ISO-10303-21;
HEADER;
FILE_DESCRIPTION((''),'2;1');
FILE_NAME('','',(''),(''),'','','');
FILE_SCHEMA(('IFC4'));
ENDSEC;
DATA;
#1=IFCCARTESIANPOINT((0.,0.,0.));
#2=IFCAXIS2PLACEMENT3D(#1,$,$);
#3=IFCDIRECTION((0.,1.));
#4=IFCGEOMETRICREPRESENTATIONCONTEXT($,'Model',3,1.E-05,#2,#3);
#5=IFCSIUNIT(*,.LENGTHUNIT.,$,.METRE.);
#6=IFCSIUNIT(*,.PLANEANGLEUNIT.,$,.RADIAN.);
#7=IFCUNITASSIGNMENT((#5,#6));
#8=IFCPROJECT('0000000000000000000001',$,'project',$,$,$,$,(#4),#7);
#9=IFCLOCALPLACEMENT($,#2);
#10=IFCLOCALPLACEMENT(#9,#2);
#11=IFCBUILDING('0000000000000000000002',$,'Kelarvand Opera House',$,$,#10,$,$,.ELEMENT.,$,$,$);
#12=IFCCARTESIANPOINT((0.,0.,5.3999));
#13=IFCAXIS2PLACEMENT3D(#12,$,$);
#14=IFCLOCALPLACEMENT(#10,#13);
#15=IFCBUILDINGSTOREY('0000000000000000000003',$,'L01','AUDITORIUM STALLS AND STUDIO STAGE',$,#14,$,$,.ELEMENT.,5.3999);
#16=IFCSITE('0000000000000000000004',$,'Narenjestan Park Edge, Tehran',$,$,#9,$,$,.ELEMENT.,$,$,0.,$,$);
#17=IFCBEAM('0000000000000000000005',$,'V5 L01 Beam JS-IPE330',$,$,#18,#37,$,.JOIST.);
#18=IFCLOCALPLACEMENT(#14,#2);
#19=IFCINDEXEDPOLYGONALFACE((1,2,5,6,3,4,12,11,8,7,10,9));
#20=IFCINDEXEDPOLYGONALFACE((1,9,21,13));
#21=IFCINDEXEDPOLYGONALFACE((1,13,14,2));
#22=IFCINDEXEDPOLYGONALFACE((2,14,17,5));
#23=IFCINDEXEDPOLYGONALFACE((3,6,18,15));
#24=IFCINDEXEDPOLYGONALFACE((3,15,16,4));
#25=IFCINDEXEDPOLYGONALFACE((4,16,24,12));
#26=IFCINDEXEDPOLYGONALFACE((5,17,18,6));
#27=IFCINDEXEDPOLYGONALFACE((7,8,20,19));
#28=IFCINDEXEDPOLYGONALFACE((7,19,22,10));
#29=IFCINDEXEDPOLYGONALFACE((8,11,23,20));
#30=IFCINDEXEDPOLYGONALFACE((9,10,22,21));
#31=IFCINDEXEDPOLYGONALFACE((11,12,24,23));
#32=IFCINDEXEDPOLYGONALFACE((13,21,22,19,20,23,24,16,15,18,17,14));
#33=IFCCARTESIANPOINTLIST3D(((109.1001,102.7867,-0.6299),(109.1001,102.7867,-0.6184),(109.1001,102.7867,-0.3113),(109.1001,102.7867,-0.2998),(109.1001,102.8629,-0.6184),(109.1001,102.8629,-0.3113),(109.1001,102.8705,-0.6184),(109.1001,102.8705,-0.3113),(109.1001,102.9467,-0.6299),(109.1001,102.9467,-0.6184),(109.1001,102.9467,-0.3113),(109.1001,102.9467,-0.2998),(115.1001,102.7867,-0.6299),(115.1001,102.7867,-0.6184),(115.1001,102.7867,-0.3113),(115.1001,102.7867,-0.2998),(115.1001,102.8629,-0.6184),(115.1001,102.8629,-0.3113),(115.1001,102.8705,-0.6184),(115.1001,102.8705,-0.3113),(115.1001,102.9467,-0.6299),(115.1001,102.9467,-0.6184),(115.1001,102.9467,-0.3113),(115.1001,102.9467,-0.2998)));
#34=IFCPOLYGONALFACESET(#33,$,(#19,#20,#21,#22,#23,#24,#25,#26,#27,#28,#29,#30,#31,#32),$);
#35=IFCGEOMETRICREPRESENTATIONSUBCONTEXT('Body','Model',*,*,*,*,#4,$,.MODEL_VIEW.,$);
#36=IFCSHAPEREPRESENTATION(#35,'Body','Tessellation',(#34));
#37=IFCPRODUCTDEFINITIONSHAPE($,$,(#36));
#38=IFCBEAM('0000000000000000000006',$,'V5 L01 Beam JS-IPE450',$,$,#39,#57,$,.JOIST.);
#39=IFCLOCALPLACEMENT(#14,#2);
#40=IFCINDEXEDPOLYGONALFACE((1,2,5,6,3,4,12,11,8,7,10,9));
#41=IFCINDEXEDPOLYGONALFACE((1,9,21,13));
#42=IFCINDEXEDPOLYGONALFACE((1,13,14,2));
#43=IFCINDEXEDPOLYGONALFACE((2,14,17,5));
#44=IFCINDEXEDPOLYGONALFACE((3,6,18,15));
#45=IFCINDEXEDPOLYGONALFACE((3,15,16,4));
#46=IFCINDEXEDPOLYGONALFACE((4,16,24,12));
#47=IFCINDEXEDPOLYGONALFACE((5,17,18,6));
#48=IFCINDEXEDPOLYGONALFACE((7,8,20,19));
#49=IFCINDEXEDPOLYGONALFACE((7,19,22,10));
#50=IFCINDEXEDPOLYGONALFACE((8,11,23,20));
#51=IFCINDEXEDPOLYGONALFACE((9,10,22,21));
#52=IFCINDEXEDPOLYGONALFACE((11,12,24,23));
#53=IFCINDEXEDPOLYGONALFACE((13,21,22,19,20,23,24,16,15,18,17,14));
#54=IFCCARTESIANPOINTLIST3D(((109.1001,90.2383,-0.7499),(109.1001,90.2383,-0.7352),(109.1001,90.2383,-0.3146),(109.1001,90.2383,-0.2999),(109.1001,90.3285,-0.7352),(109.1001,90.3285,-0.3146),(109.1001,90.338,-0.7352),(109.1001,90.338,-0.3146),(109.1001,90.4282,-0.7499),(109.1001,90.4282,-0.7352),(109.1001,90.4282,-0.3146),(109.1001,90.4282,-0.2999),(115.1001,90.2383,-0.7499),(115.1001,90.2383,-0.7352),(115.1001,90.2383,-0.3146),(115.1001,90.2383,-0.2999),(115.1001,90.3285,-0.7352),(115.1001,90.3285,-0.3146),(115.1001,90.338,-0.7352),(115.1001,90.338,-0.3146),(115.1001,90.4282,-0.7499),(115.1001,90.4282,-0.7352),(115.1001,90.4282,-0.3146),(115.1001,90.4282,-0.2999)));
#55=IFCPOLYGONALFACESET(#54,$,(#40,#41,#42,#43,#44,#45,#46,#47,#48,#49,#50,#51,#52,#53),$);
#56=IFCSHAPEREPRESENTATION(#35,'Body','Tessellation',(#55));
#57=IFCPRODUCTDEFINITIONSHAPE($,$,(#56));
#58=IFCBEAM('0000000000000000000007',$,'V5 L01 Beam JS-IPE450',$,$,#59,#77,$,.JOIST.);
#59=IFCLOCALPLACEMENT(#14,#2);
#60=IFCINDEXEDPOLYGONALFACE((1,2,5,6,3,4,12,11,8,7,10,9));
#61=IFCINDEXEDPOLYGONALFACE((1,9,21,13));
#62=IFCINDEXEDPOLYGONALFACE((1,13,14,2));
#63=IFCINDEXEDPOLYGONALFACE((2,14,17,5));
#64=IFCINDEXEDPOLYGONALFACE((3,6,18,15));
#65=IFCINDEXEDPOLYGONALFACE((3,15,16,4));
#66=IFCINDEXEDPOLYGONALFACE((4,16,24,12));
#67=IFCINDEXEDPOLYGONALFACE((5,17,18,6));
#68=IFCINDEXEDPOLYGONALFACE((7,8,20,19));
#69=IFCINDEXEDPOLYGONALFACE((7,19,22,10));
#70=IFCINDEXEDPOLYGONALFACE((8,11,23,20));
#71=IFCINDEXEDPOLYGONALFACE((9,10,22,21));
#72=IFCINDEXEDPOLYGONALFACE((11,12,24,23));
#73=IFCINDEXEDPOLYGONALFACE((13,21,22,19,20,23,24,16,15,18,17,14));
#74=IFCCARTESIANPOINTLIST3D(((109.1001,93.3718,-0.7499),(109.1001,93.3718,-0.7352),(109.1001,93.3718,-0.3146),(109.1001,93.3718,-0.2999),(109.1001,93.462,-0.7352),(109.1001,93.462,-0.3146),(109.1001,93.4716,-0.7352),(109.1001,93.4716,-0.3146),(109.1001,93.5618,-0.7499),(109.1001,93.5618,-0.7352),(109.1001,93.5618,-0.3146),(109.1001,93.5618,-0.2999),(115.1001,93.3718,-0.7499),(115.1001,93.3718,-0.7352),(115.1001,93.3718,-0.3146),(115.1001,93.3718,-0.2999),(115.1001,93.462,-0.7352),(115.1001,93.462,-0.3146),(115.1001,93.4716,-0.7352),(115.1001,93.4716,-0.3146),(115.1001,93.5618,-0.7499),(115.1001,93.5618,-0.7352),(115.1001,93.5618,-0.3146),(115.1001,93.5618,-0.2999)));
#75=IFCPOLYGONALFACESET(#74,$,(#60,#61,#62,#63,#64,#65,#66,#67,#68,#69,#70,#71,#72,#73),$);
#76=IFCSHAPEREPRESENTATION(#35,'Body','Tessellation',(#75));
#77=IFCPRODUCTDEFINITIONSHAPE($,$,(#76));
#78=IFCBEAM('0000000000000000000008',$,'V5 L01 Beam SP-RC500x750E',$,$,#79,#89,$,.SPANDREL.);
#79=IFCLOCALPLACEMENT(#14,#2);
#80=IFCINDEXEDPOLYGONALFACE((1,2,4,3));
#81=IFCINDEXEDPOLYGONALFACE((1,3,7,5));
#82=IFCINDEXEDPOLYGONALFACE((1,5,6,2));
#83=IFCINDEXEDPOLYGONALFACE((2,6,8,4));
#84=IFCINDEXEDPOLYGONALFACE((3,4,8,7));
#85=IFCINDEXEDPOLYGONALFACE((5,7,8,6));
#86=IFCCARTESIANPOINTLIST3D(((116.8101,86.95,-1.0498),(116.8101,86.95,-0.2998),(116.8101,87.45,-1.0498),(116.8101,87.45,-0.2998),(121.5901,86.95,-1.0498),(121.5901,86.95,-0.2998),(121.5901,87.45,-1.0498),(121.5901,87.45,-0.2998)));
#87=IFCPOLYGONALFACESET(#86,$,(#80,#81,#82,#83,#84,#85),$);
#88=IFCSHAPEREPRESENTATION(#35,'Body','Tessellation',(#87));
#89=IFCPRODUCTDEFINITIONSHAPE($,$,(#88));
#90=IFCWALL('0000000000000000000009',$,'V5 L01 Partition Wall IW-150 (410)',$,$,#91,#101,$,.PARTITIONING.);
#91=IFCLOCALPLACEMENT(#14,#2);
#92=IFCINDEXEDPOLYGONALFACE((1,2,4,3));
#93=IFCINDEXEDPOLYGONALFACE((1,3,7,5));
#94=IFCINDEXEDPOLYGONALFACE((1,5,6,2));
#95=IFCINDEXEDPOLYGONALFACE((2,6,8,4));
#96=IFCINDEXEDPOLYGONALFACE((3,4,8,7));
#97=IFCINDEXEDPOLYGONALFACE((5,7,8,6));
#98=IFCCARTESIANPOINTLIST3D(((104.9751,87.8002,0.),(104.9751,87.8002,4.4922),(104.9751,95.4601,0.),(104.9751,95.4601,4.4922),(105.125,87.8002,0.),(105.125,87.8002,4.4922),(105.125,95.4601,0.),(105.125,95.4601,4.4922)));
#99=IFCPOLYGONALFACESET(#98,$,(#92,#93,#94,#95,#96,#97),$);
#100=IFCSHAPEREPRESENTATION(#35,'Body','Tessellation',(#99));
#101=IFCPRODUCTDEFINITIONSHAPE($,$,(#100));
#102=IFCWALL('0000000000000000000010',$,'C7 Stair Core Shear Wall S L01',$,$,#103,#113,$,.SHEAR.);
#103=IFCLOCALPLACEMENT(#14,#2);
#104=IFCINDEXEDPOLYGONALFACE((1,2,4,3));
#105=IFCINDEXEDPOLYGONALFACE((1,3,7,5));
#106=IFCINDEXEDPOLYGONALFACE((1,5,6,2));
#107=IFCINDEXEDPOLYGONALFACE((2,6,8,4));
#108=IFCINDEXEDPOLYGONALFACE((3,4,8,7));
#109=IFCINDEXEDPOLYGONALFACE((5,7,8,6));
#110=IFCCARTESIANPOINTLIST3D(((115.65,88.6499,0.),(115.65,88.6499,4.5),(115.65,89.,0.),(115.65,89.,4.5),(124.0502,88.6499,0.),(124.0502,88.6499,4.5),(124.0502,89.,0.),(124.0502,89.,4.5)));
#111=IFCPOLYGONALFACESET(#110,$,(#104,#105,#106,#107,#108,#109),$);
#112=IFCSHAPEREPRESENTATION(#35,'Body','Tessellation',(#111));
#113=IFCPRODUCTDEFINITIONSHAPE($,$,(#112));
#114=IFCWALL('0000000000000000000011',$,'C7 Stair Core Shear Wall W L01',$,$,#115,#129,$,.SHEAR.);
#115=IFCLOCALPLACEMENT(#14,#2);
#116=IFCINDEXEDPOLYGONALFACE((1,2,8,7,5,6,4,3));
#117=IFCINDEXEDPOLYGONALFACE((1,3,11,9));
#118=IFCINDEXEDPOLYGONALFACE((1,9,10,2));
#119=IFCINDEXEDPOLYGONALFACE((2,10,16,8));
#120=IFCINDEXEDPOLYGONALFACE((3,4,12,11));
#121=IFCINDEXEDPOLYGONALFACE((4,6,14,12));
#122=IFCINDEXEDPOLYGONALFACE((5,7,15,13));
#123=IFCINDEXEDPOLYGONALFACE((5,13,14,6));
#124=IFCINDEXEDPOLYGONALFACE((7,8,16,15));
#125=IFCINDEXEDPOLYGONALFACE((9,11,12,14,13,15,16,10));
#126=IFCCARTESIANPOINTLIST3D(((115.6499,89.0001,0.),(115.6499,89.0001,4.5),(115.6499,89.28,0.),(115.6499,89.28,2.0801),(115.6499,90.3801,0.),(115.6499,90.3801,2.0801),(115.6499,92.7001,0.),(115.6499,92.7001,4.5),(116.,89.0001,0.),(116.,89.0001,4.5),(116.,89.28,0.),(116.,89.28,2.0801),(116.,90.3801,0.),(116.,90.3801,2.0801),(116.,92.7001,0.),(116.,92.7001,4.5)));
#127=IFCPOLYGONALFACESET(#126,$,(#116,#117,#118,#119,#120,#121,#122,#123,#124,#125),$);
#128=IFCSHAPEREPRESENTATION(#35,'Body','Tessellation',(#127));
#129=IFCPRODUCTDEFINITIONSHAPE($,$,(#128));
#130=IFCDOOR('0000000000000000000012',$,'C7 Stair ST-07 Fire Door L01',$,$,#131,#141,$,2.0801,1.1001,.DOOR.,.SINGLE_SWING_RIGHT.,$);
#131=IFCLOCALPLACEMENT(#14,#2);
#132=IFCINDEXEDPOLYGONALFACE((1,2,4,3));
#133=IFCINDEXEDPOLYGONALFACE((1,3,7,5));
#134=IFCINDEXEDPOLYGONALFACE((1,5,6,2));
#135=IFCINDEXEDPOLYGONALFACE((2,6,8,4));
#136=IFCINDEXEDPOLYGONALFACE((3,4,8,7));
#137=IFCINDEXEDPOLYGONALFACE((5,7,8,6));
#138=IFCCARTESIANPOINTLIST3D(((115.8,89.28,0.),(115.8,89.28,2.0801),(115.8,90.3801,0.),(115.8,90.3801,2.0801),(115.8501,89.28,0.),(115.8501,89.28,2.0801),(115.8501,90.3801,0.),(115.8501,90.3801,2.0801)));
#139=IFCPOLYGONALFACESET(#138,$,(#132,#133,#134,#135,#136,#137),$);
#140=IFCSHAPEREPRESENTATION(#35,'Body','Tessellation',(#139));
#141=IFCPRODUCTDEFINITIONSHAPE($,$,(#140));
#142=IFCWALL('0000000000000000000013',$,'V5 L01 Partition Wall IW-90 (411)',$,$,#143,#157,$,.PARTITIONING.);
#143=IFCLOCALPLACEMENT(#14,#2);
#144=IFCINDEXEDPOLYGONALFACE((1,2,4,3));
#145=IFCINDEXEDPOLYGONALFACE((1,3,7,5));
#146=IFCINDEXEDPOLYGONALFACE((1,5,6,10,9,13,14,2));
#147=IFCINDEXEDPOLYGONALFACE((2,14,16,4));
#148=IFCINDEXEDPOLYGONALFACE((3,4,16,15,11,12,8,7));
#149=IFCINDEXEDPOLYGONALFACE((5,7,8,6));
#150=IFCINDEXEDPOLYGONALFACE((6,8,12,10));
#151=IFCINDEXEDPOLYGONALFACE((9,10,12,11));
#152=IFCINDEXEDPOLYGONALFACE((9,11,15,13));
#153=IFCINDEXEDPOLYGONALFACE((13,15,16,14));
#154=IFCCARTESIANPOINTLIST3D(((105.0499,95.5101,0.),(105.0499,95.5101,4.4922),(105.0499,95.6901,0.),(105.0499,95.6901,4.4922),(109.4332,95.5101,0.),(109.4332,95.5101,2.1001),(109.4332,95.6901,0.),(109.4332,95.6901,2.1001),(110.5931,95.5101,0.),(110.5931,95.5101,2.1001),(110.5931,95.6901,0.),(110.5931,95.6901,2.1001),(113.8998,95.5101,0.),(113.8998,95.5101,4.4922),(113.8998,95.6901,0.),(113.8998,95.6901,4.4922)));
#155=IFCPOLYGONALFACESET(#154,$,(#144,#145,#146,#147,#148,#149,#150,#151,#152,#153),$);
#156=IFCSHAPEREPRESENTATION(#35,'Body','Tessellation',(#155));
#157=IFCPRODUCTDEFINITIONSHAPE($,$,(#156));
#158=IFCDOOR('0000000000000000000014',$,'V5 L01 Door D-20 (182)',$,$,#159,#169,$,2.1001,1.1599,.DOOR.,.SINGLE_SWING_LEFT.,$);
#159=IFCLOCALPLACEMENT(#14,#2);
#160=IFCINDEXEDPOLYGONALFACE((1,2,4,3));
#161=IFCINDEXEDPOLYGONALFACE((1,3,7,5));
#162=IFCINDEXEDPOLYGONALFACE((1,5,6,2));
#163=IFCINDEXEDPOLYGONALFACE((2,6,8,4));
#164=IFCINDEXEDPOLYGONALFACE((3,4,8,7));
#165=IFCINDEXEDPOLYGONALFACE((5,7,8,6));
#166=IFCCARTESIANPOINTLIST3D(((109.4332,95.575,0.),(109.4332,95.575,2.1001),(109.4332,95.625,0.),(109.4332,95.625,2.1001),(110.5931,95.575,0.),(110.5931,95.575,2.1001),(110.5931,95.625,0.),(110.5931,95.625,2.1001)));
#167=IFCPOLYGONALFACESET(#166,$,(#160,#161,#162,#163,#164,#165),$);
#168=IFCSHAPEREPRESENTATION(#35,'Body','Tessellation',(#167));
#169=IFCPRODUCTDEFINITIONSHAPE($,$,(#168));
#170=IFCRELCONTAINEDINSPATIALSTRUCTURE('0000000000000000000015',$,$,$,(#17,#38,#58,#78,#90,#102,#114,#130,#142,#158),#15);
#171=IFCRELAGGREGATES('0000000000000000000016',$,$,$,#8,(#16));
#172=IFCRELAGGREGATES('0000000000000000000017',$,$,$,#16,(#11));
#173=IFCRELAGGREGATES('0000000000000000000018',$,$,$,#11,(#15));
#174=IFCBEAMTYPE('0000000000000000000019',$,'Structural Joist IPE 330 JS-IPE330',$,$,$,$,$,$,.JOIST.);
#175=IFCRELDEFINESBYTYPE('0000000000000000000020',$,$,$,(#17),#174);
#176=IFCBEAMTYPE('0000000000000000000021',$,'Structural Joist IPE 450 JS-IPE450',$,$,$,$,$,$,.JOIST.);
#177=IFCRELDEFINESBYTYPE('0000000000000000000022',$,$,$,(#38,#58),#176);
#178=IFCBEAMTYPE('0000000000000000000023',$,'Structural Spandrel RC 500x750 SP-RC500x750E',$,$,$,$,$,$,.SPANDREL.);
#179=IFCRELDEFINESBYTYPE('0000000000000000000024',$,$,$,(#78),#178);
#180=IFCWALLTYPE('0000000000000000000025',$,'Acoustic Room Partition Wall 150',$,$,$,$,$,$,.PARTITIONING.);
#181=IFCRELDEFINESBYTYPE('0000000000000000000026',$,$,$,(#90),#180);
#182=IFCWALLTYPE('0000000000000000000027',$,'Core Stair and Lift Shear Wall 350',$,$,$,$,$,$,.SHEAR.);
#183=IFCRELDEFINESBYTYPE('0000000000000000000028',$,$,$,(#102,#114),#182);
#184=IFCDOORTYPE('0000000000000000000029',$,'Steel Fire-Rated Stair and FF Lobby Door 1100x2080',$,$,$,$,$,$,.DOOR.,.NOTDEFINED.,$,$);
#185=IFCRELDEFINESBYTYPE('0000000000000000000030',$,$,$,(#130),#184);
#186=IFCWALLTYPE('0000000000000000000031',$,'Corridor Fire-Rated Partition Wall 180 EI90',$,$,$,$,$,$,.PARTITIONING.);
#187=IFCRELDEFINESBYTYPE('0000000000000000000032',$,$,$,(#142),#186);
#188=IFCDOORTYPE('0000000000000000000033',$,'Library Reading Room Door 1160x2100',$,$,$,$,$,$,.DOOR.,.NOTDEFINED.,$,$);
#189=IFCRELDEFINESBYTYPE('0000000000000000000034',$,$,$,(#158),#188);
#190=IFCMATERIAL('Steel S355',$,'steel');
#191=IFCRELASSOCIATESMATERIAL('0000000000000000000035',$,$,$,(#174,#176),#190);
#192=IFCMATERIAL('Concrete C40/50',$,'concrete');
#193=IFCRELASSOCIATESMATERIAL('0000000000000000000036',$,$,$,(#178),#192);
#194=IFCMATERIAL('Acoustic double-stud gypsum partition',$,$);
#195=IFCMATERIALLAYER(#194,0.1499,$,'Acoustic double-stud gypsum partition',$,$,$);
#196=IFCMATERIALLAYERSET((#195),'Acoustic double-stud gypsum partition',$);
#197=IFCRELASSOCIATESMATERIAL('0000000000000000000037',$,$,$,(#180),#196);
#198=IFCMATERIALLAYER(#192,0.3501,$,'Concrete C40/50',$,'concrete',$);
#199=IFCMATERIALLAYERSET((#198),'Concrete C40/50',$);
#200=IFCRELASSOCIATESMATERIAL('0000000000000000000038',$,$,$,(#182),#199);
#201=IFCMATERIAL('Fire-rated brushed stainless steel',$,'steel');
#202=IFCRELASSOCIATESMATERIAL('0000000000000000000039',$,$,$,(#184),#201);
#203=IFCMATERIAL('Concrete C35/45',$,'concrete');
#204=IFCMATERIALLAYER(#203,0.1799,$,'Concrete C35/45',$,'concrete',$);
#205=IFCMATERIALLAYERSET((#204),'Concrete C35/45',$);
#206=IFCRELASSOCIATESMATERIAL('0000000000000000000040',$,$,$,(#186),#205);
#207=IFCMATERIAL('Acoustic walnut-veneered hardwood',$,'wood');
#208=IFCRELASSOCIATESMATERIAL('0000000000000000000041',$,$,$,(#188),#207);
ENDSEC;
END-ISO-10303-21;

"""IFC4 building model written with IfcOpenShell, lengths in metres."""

from ifc_helpers import new_model, si_unit, direction, frame, frame_2d, origin, origin_2d, place, context, subcontext, project, spatial, rectangle, i_section, extrude, material, layer, layer_set, material_profile, profile_set, type_object, element, fill, save


model = new_model("IFC4")

# Units and contexts
model_context = context("Model", 3, precision=1e-05, world=origin(), true_north=direction((0.0, 1.0)))
body_context = subcontext(model_context, "Body", "Model", "MODEL_VIEW")
ifc_project = project(units=[si_unit("LENGTHUNIT", "METRE"), si_unit("PLANEANGLEUNIT", "RADIAN")], contexts=[model_context])

# Site, building, storey
site_placement = place(None, origin())
site = spatial("IfcSite", under=ifc_project, at=site_placement, Name="Narenjestan Park Edge, Tehran", CompositionType="ELEMENT", RefElevation=0.0)
building_placement = place(site_placement, origin())
building = spatial("IfcBuilding", under=site, at=building_placement, Name="Kelarvand Opera House", CompositionType="ELEMENT")
storey_placement = place(building_placement, frame((0.0, 0.0, 5.3999)))
storey = spatial("IfcBuildingStorey", under=building, at=storey_placement, Name="L01", Description="AUDITORIUM STALLS AND STUDIO STAGE", CompositionType="ELEMENT", Elevation=5.3999)

# Shared definitions
ifc_material_1 = material(Name="Concrete C40/50", Category="concrete")

# Beams
ifc_material_2 = material(Name="Concrete C35/45", Category="concrete")
ifc_material_3 = material(Name="Steel S355", Category="steel")
ifc_material_profile_1 = material_profile(ifc_material_3, i_section(OverallWidth=0.1599, OverallDepth=0.3301, WebThickness=0.0076, FlangeThickness=0.0115, at=origin_2d()), Name="IPE 330", Category="steel")
ifc_profile_set_1 = profile_set([ifc_material_profile_1], Name="Steel S355")
beam_type_1 = type_object("IfcBeamType", Name="Structural Joist IPE 330 JS-IPE330", PredefinedType="JOIST", material=ifc_profile_set_1)
for number, where, z_axis, x_axis, name in (
    (1, (109.1001, 102.8667, -0.4648), (1.0, 0.0, 0.0), (0.0, 1.0, 0.0), "V5 L01 Beam JS-IPE330"),
):
    element("IfcBeam", number, at=place(storey_placement, frame(where, z_axis=z_axis, x_axis=x_axis)), inside=storey, type_object=beam_type_1, Name=name, PredefinedType="JOIST", context=body_context, shape_type="SweptSolid", body=[
        extrude(i_section(OverallWidth=0.1599, OverallDepth=0.3301, WebThickness=0.0076, FlangeThickness=0.0115, at=origin_2d()), origin(), (0.0, 0.0, 1.0), 6.0),
    ])
ifc_material_profile_2 = material_profile(ifc_material_3, i_section(OverallWidth=0.1899, OverallDepth=0.45, WebThickness=0.0095, FlangeThickness=0.0146, at=origin_2d()), Name="IPE 450", Category="steel")
ifc_profile_set_2 = profile_set([ifc_material_profile_2], Name="Steel S355")
beam_type_2 = type_object("IfcBeamType", Name="Structural Joist IPE 450 JS-IPE450", PredefinedType="JOIST", material=ifc_profile_set_2)
for number, where, z_axis, x_axis, name in (
    (2, (109.1001, 90.3333, -0.5249), (1.0, 0.0, 0.0), (0.0, 1.0, 0.0), "V5 L01 Beam JS-IPE450"),
    (3, (109.1001, 93.4668, -0.5249), (1.0, 0.0, 0.0), (0.0, 1.0, 0.0), "V5 L01 Beam JS-IPE450"),
):
    element("IfcBeam", number, at=place(storey_placement, frame(where, z_axis=z_axis, x_axis=x_axis)), inside=storey, type_object=beam_type_2, Name=name, PredefinedType="JOIST", context=body_context, shape_type="SweptSolid", body=[
        extrude(i_section(OverallWidth=0.1899, OverallDepth=0.45, WebThickness=0.0095, FlangeThickness=0.0146, at=origin_2d()), origin(), (0.0, 0.0, 1.0), 6.0),
    ])
ifc_material_profile_3 = material_profile(ifc_material_1, rectangle(XDim=0.5, YDim=0.75, at=origin_2d()), Name="RC 500x750", Category="concrete")
ifc_profile_set_3 = profile_set([ifc_material_profile_3], Name="Concrete C40/50")
beam_type_3 = type_object("IfcBeamType", Name="Structural Spandrel RC 500x750 SP-RC500x750E", PredefinedType="SPANDREL", material=ifc_profile_set_3)
beam_1_placement = place(storey_placement, frame((116.8101, 87.2, -0.6748), z_axis=(1.0, 0.0, 0.0), x_axis=(0.0, 1.0, 0.0)))
element("IfcBeam", 4, at=beam_1_placement, inside=storey, type_object=beam_type_3, Name="V5 L01 Beam SP-RC500x750E", PredefinedType="SPANDREL", context=body_context, shape_type="SweptSolid", body=[
    extrude(rectangle(XDim=0.5, YDim=0.75, at=origin_2d()), origin(), (0.0, 0.0, 1.0), 4.78),
])

# Walls
ifc_material_4 = material(Name="Acoustic double-stud gypsum partition")
ifc_layer_1 = layer(ifc_material_4, 0.1499, Name="Acoustic double-stud gypsum partition")
ifc_layer_set_1 = layer_set([ifc_layer_1], Name="Acoustic double-stud gypsum partition")
wall_type_1 = type_object("IfcWallType", Name="Acoustic Room Partition Wall 150", PredefinedType="PARTITIONING", material=ifc_layer_set_1)
wall_1_placement = place(storey_placement, frame((105.05, 87.8, 0.0), z_axis=(0.0, 0.0, 1.0), x_axis=(0.0, 1.0, 0.0)))
element("IfcWall", 5, at=wall_1_placement, inside=storey, type_object=wall_type_1, Name="V5 L01 Partition Wall IW-150 (410)", PredefinedType="PARTITIONING", context=body_context, shape_type="SweptSolid", body=[
    extrude(rectangle(XDim=7.6599, YDim=0.1499, at=frame_2d((3.8301, 0.0))), origin(), (0.0, 0.0, 1.0), 4.4922),
])
ifc_layer_2 = layer(ifc_material_1, 0.3501, Name="Concrete C40/50", Category="concrete")
ifc_layer_set_2 = layer_set([ifc_layer_2], Name="Concrete C40/50")
wall_type_2 = type_object("IfcWallType", Name="Core Stair and Lift Shear Wall 350", PredefinedType="SHEAR", material=ifc_layer_set_2)
wall_2_placement = place(storey_placement, frame((115.6499, 88.825, 0.0), z_axis=(0.0, 0.0, 1.0), x_axis=(1.0, 0.0, 0.0)))
element("IfcWall", 6, at=wall_2_placement, inside=storey, type_object=wall_type_2, Name="C7 Stair Core Shear Wall S L01", PredefinedType="SHEAR", context=body_context, shape_type="SweptSolid", body=[
    extrude(rectangle(XDim=8.4001, YDim=0.3501, at=frame_2d((4.2002, 0.0))), origin(), (0.0, 0.0, 1.0), 4.5),
])

# Walls, openings, doors
wall_3_placement = place(storey_placement, frame((115.825, 89.0, 0.0), z_axis=(0.0, 0.0, 1.0), x_axis=(0.0, 1.0, 0.0)))
wall_3 = element("IfcWall", 7, at=wall_3_placement, inside=storey, type_object=wall_type_2, Name="C7 Stair Core Shear Wall W L01", PredefinedType="SHEAR", context=body_context, shape_type="SweptSolid", body=[
    extrude(rectangle(XDim=3.7, YDim=0.3501, at=frame_2d((1.8501, 0.0))), origin(), (0.0, 0.0, 1.0), 4.5),
])
opening_1_placement = place(wall_3_placement, frame((0.28, 0.0, 0.0)))
opening_1 = element("IfcOpeningElement", 8, at=opening_1_placement, cuts=wall_3, PredefinedType="OPENING", context=body_context, shape_type="SweptSolid", body=[
    extrude(rectangle(XDim=1.1001, YDim=2.0801, at=frame_2d((0.55, 1.04))), frame((0.0, 0.1851, 0.0), z_axis=(0.0, -1.0, 0.0), x_axis=(1.0, 0.0, 0.0)), (0.0, 0.0, 1.0), 0.3701),
])
ifc_material_5 = material(Name="Fire-rated brushed stainless steel", Category="steel")
door_type_1 = type_object("IfcDoorType", Name="Steel Fire-Rated Stair and FF Lobby Door 1100x2080", OperationType="NOTDEFINED", PredefinedType="DOOR", material=ifc_material_5)
door_1_placement = place(opening_1_placement, origin())
door_1 = element("IfcDoor", 9, at=door_1_placement, inside=storey, type_object=door_type_1, Name="C7 Stair ST-07 Fire Door L01", OperationType="SINGLE_SWING_RIGHT", OverallHeight=2.0801, OverallWidth=1.1001, PredefinedType="DOOR", context=body_context, shape_type="SweptSolid", body=[
    extrude(rectangle(XDim=1.1001, YDim=2.0801, at=frame_2d((0.55, 1.04))), frame((0.0, 0.0249, 0.0), z_axis=(0.0, -1.0, 0.0), x_axis=(1.0, 0.0, 0.0)), (0.0, 0.0, 1.0), 0.05),
])
fill(opening_1, door_1)
ifc_layer_3 = layer(ifc_material_2, 0.1799, Name="Concrete C35/45", Category="concrete")
ifc_layer_set_3 = layer_set([ifc_layer_3], Name="Concrete C35/45")
wall_type_3 = type_object("IfcWallType", Name="Corridor Fire-Rated Partition Wall 180 EI90", PredefinedType="PARTITIONING", material=ifc_layer_set_3)
wall_4_placement = place(storey_placement, frame((105.05, 95.6001, 0.0), z_axis=(0.0, 0.0, 1.0), x_axis=(1.0, 0.0, 0.0)))
wall_4 = element("IfcWall", 10, at=wall_4_placement, inside=storey, type_object=wall_type_3, Name="V5 L01 Partition Wall IW-90 (411)", PredefinedType="PARTITIONING", context=body_context, shape_type="SweptSolid", body=[
    extrude(rectangle(XDim=8.8499, YDim=0.1799, at=frame_2d((4.4248, 0.0))), origin(), (0.0, 0.0, 1.0), 4.4922),
])
opening_2_placement = place(wall_4_placement, frame((4.3831, 0.0, 0.0)))
opening_2 = element("IfcOpeningElement", 11, at=opening_2_placement, cuts=wall_4, PredefinedType="OPENING", context=body_context, shape_type="SweptSolid", body=[
    extrude(rectangle(XDim=1.1599, YDim=2.1001, at=frame_2d((0.5801, 1.05))), frame((0.0, 0.1001, 0.0), z_axis=(0.0, -1.0, 0.0), x_axis=(1.0, 0.0, 0.0)), (0.0, 0.0, 1.0), 0.2),
])
ifc_material_6 = material(Name="Acoustic walnut-veneered hardwood", Category="wood")
door_type_2 = type_object("IfcDoorType", Name="Library Reading Room Door 1160x2100", OperationType="NOTDEFINED", PredefinedType="DOOR", material=ifc_material_6)
door_2_placement = place(opening_2_placement, origin())
door_2 = element("IfcDoor", 12, at=door_2_placement, inside=storey, type_object=door_type_2, Name="V5 L01 Door D-20 (182)", OperationType="SINGLE_SWING_LEFT", OverallHeight=2.1001, OverallWidth=1.1599, PredefinedType="DOOR", context=body_context, shape_type="SweptSolid", body=[
    extrude(rectangle(XDim=1.1599, YDim=2.1001, at=frame_2d((0.5801, 1.05))), frame((0.0, 0.0249, 0.0), z_axis=(0.0, -1.0, 0.0), x_axis=(1.0, 0.0, 0.0)), (0.0, 0.0, 1.0), 0.05),
])
fill(opening_2, door_2)

save(model, "model.ifc")
